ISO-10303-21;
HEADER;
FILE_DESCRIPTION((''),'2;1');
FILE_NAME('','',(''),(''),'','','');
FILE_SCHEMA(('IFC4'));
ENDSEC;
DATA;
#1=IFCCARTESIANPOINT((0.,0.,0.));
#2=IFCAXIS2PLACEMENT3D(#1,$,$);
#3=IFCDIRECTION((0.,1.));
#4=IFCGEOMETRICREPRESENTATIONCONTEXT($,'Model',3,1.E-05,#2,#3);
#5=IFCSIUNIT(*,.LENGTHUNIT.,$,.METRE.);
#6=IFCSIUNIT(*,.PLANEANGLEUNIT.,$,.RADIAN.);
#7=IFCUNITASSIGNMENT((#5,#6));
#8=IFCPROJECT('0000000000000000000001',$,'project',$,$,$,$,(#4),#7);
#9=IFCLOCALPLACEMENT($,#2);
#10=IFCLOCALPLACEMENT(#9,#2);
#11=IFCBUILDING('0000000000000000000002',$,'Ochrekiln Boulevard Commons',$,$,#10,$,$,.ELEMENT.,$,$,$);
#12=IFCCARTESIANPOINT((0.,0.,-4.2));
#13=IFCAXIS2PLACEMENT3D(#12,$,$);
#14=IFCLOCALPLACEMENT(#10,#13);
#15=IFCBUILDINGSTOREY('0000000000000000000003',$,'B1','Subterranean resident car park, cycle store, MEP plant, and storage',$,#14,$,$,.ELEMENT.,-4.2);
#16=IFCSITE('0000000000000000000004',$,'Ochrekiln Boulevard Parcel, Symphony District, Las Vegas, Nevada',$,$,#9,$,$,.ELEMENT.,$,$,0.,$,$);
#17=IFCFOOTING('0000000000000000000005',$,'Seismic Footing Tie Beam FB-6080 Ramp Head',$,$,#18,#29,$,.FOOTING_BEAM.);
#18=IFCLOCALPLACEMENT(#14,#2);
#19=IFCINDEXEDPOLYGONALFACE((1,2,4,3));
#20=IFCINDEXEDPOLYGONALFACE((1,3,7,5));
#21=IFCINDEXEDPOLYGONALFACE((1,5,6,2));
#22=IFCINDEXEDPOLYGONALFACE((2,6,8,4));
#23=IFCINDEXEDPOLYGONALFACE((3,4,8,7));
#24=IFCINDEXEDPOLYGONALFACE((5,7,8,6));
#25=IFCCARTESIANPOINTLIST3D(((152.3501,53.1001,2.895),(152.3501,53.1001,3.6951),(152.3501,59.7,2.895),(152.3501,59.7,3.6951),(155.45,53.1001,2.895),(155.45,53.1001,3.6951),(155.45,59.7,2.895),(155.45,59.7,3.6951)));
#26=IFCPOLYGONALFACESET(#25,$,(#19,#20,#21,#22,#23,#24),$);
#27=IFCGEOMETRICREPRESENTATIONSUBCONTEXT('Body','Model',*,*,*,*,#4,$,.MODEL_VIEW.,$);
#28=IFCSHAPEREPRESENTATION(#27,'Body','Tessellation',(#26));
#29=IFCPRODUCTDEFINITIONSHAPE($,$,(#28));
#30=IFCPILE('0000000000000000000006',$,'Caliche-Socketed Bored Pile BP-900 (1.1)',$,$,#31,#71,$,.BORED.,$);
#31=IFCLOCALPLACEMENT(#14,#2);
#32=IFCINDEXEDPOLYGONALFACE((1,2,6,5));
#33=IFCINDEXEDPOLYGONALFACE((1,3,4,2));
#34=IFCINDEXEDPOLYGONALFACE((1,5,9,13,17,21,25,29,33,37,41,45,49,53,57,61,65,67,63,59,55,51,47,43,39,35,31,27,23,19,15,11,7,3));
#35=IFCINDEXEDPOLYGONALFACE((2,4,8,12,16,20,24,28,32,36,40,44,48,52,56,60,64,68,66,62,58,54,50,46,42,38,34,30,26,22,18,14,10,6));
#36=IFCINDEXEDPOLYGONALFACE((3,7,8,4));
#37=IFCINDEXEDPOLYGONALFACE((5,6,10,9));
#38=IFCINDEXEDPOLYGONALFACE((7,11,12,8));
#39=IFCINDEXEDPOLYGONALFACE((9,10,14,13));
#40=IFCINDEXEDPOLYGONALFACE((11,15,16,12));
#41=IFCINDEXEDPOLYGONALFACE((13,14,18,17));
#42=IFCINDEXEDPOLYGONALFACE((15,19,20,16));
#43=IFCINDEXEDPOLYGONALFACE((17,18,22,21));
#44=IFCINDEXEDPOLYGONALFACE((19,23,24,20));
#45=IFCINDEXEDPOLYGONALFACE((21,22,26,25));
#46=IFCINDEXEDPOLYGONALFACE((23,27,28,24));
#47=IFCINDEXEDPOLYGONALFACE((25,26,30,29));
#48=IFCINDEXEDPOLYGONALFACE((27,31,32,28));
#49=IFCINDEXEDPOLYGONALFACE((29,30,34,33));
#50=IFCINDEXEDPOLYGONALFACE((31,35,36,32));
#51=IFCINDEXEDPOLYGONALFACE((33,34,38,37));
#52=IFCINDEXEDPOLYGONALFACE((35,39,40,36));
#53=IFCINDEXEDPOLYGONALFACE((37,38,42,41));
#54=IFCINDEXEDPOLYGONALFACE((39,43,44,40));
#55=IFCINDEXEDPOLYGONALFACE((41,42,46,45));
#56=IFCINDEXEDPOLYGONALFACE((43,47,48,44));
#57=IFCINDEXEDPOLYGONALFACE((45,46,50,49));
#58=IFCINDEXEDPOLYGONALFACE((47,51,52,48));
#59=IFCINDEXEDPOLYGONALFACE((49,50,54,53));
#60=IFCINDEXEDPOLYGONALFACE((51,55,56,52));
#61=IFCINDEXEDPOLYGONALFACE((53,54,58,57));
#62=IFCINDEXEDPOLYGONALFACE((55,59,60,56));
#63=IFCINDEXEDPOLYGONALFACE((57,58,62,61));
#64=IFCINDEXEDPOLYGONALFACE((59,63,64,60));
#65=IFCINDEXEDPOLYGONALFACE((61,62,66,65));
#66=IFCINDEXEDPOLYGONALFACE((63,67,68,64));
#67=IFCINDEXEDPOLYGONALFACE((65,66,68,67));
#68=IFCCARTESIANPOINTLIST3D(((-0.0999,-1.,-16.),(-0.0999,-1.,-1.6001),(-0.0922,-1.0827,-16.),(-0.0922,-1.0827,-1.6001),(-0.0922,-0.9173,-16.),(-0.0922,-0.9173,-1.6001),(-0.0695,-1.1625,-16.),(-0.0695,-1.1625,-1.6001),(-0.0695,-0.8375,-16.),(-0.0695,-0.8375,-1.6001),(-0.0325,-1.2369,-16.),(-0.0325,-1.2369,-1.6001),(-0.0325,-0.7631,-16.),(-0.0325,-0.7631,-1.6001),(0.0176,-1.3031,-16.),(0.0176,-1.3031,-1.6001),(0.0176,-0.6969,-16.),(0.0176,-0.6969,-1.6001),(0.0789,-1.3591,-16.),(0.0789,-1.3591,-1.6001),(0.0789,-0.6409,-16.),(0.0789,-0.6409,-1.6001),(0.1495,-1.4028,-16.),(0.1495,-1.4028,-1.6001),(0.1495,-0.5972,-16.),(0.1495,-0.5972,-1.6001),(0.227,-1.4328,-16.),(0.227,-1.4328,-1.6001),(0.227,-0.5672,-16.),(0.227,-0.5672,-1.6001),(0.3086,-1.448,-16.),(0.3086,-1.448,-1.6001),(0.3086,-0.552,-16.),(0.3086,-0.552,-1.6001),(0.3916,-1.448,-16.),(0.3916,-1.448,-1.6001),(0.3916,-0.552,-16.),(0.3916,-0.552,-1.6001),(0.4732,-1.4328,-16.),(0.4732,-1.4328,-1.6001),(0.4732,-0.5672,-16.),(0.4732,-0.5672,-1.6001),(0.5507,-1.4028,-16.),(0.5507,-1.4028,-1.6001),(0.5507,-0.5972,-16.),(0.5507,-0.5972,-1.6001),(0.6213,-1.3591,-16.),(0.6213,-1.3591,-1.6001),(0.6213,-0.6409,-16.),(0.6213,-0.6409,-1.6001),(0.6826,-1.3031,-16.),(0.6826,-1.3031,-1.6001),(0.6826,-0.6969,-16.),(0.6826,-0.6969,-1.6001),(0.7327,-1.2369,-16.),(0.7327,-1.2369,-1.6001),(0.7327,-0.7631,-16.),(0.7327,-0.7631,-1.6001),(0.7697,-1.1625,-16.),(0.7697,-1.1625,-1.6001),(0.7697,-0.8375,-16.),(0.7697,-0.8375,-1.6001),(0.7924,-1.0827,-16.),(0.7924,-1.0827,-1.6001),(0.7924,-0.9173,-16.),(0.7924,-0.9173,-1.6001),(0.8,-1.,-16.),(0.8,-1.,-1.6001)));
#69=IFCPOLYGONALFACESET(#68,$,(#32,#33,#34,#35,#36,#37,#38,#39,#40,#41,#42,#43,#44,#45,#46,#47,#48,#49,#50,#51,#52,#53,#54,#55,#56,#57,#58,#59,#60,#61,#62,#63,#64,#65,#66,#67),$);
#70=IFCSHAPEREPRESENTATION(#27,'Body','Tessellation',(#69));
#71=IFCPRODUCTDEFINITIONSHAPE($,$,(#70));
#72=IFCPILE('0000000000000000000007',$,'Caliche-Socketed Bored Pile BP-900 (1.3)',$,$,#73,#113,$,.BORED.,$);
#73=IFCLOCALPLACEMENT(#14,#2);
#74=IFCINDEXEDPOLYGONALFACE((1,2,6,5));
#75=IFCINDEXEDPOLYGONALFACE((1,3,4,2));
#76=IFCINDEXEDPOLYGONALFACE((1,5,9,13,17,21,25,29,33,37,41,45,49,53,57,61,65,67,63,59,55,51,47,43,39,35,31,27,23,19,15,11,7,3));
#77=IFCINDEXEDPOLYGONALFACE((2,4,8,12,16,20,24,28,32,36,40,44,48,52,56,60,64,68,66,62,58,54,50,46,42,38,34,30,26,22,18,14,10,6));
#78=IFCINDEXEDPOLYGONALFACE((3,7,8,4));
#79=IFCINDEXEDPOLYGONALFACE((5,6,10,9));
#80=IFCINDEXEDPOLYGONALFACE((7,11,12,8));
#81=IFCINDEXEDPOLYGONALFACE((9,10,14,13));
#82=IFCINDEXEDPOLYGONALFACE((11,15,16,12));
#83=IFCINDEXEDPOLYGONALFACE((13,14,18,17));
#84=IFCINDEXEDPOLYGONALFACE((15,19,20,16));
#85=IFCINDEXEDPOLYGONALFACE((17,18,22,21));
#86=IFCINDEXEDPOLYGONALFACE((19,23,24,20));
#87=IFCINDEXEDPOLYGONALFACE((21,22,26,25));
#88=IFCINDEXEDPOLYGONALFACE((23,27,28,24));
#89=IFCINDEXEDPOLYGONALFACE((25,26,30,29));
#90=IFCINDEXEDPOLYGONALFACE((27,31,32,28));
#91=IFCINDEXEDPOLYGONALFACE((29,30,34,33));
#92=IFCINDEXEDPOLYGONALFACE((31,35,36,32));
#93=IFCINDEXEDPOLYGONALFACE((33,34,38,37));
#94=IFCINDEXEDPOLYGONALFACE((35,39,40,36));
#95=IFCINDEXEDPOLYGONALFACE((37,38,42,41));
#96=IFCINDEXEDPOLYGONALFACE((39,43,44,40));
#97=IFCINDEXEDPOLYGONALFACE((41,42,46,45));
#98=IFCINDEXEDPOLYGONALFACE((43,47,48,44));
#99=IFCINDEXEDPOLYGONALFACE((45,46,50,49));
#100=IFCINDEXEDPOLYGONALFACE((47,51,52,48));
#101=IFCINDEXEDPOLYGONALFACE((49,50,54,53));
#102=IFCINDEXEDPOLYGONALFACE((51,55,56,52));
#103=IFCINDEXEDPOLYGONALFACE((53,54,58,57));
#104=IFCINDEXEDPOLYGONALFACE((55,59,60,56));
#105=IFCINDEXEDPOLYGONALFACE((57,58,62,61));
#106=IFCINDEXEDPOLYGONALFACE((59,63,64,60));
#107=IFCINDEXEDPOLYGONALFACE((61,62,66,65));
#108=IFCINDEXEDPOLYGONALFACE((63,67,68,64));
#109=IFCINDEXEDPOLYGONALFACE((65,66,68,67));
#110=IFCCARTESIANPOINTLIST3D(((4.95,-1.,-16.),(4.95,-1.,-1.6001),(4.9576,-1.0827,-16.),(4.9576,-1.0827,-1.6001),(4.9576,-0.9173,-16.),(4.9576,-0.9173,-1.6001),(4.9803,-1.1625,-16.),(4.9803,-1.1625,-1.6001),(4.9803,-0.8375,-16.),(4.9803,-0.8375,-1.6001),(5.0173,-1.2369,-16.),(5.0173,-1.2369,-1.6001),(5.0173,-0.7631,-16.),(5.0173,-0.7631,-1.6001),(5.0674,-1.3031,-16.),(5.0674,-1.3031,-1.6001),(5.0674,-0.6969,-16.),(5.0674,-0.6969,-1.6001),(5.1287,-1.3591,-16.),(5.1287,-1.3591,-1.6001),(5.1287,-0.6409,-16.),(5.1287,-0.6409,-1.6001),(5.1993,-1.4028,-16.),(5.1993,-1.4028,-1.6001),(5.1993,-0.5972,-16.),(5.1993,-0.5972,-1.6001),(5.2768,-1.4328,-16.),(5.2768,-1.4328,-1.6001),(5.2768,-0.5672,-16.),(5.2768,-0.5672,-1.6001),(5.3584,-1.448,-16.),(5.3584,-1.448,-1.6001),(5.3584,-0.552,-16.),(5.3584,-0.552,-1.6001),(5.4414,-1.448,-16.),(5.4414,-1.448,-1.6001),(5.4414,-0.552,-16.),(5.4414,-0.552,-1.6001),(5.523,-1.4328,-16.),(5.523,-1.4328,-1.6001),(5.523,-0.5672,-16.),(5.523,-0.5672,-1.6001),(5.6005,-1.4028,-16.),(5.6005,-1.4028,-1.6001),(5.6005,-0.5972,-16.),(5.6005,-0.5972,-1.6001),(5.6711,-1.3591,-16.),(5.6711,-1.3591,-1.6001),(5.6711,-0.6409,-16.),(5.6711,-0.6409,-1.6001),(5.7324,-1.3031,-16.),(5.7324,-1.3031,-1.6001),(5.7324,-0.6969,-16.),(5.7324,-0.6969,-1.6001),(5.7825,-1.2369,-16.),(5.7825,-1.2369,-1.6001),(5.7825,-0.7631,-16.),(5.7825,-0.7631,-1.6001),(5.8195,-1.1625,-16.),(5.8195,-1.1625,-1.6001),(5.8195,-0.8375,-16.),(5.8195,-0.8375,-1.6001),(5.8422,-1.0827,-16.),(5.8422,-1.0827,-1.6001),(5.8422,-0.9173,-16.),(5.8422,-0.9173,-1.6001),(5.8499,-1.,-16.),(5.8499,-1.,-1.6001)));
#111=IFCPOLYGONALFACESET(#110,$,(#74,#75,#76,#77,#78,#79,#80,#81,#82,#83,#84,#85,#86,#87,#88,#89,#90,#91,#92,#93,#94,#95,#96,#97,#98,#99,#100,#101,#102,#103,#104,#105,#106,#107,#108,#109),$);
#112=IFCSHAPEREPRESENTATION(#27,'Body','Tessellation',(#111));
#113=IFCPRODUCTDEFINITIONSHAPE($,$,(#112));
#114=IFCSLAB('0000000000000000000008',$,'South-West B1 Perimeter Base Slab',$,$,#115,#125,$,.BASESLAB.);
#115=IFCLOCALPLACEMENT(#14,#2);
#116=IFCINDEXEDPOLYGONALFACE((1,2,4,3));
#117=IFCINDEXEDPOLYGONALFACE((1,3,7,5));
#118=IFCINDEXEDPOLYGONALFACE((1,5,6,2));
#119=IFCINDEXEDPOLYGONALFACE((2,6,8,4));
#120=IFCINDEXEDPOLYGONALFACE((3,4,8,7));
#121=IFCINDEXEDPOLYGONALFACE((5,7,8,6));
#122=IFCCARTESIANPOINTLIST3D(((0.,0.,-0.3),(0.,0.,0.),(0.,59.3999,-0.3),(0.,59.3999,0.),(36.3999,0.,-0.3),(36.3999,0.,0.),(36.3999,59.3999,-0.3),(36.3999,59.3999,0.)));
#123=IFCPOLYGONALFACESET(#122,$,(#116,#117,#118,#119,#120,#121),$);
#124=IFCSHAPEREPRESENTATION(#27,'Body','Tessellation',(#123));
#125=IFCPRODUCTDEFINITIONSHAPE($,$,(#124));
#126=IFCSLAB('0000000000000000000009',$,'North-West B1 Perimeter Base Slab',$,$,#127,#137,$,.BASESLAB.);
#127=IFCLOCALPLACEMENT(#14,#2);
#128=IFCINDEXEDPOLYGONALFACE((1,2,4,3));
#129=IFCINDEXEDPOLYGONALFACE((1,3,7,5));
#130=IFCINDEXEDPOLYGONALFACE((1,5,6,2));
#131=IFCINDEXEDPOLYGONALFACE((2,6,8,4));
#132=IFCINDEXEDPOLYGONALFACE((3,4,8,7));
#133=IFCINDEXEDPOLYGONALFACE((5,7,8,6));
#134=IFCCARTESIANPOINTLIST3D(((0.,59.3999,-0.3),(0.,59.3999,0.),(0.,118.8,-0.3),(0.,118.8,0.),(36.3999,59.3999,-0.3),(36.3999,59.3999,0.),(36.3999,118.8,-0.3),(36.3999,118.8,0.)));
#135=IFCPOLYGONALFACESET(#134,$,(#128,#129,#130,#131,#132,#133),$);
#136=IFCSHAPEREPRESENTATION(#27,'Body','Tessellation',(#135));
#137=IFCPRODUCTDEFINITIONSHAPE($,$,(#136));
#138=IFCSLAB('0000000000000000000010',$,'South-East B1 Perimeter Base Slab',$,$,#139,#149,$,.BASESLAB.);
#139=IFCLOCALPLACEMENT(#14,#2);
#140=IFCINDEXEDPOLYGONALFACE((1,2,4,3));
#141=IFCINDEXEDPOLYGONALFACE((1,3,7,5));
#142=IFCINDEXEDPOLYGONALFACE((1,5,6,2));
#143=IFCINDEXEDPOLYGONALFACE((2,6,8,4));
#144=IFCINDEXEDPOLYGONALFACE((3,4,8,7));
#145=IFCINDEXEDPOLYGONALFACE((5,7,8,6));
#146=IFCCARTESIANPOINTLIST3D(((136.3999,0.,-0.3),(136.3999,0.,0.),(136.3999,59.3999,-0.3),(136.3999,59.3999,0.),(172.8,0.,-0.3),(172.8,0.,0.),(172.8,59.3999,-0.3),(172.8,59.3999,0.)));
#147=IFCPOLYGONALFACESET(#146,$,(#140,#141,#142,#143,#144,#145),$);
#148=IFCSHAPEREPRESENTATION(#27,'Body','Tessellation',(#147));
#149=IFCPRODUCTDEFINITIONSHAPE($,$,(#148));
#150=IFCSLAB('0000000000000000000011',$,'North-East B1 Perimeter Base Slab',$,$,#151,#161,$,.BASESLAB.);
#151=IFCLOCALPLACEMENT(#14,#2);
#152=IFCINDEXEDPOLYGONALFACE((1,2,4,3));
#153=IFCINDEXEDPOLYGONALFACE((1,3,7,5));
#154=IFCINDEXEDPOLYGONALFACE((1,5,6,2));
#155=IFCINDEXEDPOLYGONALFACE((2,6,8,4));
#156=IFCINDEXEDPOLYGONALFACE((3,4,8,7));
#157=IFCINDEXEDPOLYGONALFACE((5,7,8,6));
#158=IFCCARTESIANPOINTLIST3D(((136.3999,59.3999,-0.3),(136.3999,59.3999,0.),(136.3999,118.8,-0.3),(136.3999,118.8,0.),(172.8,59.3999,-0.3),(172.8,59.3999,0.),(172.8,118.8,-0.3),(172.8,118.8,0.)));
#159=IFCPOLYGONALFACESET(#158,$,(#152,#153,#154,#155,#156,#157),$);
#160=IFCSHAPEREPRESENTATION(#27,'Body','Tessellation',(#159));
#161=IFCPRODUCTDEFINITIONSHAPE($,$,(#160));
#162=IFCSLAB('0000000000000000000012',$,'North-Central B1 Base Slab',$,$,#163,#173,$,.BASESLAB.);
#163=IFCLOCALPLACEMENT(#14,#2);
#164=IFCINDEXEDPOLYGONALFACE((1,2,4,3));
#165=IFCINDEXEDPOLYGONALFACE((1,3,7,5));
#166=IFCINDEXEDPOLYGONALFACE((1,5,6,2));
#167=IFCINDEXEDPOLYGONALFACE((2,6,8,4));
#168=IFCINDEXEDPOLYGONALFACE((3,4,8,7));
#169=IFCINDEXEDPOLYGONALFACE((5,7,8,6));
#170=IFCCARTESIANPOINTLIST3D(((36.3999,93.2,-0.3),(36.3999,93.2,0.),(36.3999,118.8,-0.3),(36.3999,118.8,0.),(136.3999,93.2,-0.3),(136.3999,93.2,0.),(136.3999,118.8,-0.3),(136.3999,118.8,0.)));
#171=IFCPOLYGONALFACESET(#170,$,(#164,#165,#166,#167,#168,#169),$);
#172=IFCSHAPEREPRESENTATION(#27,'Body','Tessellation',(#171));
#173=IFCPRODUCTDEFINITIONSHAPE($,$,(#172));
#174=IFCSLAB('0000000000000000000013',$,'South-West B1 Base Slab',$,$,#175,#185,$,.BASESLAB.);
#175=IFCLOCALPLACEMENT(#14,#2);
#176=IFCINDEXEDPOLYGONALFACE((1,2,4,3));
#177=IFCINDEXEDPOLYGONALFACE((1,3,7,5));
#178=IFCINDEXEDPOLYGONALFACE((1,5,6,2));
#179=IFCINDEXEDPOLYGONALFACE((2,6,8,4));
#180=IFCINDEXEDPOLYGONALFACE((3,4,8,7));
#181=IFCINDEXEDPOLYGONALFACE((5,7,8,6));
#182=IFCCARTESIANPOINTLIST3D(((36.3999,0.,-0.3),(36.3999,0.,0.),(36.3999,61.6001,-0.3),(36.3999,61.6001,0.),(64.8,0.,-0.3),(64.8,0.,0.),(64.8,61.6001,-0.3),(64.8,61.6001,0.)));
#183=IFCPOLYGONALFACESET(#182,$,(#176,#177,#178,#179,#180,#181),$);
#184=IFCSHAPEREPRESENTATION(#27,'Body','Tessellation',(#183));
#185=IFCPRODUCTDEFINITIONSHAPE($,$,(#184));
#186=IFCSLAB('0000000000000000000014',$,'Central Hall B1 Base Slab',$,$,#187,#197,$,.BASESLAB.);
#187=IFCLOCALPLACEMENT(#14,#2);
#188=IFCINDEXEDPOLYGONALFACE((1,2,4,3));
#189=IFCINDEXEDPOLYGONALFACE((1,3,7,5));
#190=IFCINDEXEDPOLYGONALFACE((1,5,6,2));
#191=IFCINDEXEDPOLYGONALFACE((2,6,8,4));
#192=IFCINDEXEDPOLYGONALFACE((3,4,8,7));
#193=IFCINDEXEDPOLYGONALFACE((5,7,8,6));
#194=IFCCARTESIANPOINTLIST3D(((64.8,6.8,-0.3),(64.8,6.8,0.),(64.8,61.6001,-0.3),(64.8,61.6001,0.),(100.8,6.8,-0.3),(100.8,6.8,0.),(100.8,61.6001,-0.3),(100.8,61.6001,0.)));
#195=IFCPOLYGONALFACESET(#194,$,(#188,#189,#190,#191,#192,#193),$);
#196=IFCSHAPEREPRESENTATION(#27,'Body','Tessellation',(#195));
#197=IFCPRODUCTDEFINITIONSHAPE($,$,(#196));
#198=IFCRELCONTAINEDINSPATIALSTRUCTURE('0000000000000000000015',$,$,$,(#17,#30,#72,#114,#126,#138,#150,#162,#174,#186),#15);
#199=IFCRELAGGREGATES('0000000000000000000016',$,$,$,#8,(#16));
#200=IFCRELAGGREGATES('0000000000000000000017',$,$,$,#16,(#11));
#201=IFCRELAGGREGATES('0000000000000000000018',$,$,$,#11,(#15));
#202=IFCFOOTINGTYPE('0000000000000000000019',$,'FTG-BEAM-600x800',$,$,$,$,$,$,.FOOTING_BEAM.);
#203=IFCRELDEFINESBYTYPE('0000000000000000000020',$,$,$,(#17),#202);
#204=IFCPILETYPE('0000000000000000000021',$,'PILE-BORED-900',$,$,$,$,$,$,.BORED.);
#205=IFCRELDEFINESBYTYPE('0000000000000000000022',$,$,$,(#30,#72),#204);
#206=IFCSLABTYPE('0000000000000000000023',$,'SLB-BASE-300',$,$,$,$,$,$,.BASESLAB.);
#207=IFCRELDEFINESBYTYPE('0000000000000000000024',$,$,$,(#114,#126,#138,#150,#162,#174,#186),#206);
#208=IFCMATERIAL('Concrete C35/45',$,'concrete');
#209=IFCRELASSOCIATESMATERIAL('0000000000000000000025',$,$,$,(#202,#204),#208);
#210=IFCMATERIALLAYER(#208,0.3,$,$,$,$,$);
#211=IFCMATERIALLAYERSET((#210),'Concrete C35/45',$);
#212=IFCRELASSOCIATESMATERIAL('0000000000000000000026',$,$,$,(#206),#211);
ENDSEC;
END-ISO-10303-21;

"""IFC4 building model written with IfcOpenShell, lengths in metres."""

from ifc_helpers import new_model, si_unit, direction, frame, origin, origin_2d, place, context, subcontext, project, spatial, polyline, circle, outline, extrude, material, layer, layer_set, material_profile, profile_set, type_object, element, save


model = new_model("IFC4")

# Units and contexts
model_context = context("Model", 3, precision=1e-05, world=origin(), true_north=direction((0.0, 1.0)))
body_context = subcontext(model_context, "Body", "Model", "MODEL_VIEW")
ifc_project = project(units=[si_unit("LENGTHUNIT", "METRE"), si_unit("PLANEANGLEUNIT", "RADIAN")], contexts=[model_context])

# Site, building, storey
site_placement = place(None, origin())
site = spatial("IfcSite", under=ifc_project, at=site_placement, Name="Ochrekiln Boulevard Parcel, Symphony District, Las Vegas, Nevada", CompositionType="ELEMENT", RefElevation=0.0)
building_placement = place(site_placement, origin())
building = spatial("IfcBuilding", under=site, at=building_placement, Name="Ochrekiln Boulevard Commons", CompositionType="ELEMENT")
storey_placement = place(building_placement, frame((0.0, 0.0, -4.2)))
storey = spatial("IfcBuildingStorey", under=building, at=storey_placement, Name="B1", Description="Subterranean resident car park, cycle store, MEP plant, and storage", CompositionType="ELEMENT", Elevation=-4.2)

# Footing
ifc_material = material(Name="Concrete C35/45", Category="concrete")
footing_type_1 = type_object("IfcFootingType", Name="FTG-BEAM-600x800", PredefinedType="FOOTING_BEAM", material=ifc_material)
footing_1_placement = place(storey_placement, frame((0.0, 0.0, 2.895)))
element("IfcFooting", 1, at=footing_1_placement, inside=storey, type_object=footing_type_1, Name="Seismic Footing Tie Beam FB-6080 Ramp Head", PredefinedType="FOOTING_BEAM", context=body_context, shape_type="SweptSolid", body=[
    extrude(outline(polyline([(152.3501, 53.1001), (155.45, 53.1001), (155.45, 59.7), (152.3501, 59.7), (152.3501, 53.1001)])), origin(), (0.0, 0.0, 1.0), 0.8),
])

# Piles
ifc_material_profile = material_profile(ifc_material, circle(Radius=0.45, at=origin_2d()), Name="PILE-D900")
ifc_profile_set = profile_set([ifc_material_profile], Name="Concrete C35/45")
pile_type = type_object("IfcPileType", Name="PILE-BORED-900", PredefinedType="BORED", material=ifc_profile_set)
for number, where, z_axis, x_axis, name in (
    (2, (0.3501, -1.0, -1.6001), (0.0, 0.0, -1.0), (1.0, 0.0, 0.0), "Caliche-Socketed Bored Pile BP-900 (1.1)"),
    (3, (5.3999, -1.0, -1.6001), (0.0, 0.0, -1.0), (1.0, 0.0, 0.0), "Caliche-Socketed Bored Pile BP-900 (1.3)"),
):
    element("IfcPile", number, at=place(storey_placement, frame(where, z_axis=z_axis, x_axis=x_axis)), inside=storey, type_object=pile_type, Name=name, PredefinedType="BORED", context=body_context, shape_type="SweptSolid", body=[
        extrude(circle(Radius=0.45, at=origin_2d()), origin(), (0.0, 0.0, 1.0), 14.3999),
    ])

# Slabs
ifc_layer = layer(ifc_material, 0.3)
ifc_layer_set = layer_set([ifc_layer], Name="Concrete C35/45")
slab_type = type_object("IfcSlabType", Name="SLB-BASE-300", PredefinedType="BASESLAB", material=ifc_layer_set)
slab_1_placement = place(storey_placement, frame((0.0, 0.0, -0.3)))
element("IfcSlab", 4, at=slab_1_placement, inside=storey, type_object=slab_type, Name="South-West B1 Perimeter Base Slab", PredefinedType="BASESLAB", context=body_context, shape_type="SweptSolid", body=[
    extrude(outline(polyline([(0.0, 0.0), (36.3999, 0.0), (36.3999, 59.3999), (0.0, 59.3999), (0.0, 0.0)])), origin(), (0.0, 0.0, 1.0), 0.3),
])
slab_2_placement = place(storey_placement, frame((0.0, 0.0, -0.3)))
element("IfcSlab", 5, at=slab_2_placement, inside=storey, type_object=slab_type, Name="North-West B1 Perimeter Base Slab", PredefinedType="BASESLAB", context=body_context, shape_type="SweptSolid", body=[
    extrude(outline(polyline([(0.0, 59.3999), (36.3999, 59.3999), (36.3999, 118.8), (0.0, 118.8), (0.0, 59.3999)])), origin(), (0.0, 0.0, 1.0), 0.3),
])
slab_3_placement = place(storey_placement, frame((0.0, 0.0, -0.3)))
element("IfcSlab", 6, at=slab_3_placement, inside=storey, type_object=slab_type, Name="South-East B1 Perimeter Base Slab", PredefinedType="BASESLAB", context=body_context, shape_type="SweptSolid", body=[
    extrude(outline(polyline([(136.3999, 0.0), (172.8, 0.0), (172.8, 59.3999), (136.3999, 59.3999), (136.3999, 0.0)])), origin(), (0.0, 0.0, 1.0), 0.3),
])
slab_4_placement = place(storey_placement, frame((0.0, 0.0, -0.3)))
element("IfcSlab", 7, at=slab_4_placement, inside=storey, type_object=slab_type, Name="North-East B1 Perimeter Base Slab", PredefinedType="BASESLAB", context=body_context, shape_type="SweptSolid", body=[
    extrude(outline(polyline([(136.3999, 59.3999), (172.8, 59.3999), (172.8, 118.8), (136.3999, 118.8), (136.3999, 59.3999)])), origin(), (0.0, 0.0, 1.0), 0.3),
])
slab_5_placement = place(storey_placement, frame((0.0, 0.0, -0.3)))
element("IfcSlab", 8, at=slab_5_placement, inside=storey, type_object=slab_type, Name="North-Central B1 Base Slab", PredefinedType="BASESLAB", context=body_context, shape_type="SweptSolid", body=[
    extrude(outline(polyline([(36.3999, 93.2), (136.3999, 93.2), (136.3999, 118.8), (36.3999, 118.8), (36.3999, 93.2)])), origin(), (0.0, 0.0, 1.0), 0.3),
])
slab_6_placement = place(storey_placement, frame((0.0, 0.0, -0.3)))
element("IfcSlab", 9, at=slab_6_placement, inside=storey, type_object=slab_type, Name="South-West B1 Base Slab", PredefinedType="BASESLAB", context=body_context, shape_type="SweptSolid", body=[
    extrude(outline(polyline([(36.3999, 0.0), (64.8, 0.0), (64.8, 61.6001), (36.3999, 61.6001), (36.3999, 0.0)])), origin(), (0.0, 0.0, 1.0), 0.3),
])
slab_7_placement = place(storey_placement, frame((0.0, 0.0, -0.3)))
element("IfcSlab", 10, at=slab_7_placement, inside=storey, type_object=slab_type, Name="Central Hall B1 Base Slab", PredefinedType="BASESLAB", context=body_context, shape_type="SweptSolid", body=[
    extrude(outline(polyline([(64.8, 6.8), (100.8, 6.8), (100.8, 61.6001), (64.8, 61.6001), (64.8, 6.8)])), origin(), (0.0, 0.0, 1.0), 0.3),
])

save(model, "model.ifc")
